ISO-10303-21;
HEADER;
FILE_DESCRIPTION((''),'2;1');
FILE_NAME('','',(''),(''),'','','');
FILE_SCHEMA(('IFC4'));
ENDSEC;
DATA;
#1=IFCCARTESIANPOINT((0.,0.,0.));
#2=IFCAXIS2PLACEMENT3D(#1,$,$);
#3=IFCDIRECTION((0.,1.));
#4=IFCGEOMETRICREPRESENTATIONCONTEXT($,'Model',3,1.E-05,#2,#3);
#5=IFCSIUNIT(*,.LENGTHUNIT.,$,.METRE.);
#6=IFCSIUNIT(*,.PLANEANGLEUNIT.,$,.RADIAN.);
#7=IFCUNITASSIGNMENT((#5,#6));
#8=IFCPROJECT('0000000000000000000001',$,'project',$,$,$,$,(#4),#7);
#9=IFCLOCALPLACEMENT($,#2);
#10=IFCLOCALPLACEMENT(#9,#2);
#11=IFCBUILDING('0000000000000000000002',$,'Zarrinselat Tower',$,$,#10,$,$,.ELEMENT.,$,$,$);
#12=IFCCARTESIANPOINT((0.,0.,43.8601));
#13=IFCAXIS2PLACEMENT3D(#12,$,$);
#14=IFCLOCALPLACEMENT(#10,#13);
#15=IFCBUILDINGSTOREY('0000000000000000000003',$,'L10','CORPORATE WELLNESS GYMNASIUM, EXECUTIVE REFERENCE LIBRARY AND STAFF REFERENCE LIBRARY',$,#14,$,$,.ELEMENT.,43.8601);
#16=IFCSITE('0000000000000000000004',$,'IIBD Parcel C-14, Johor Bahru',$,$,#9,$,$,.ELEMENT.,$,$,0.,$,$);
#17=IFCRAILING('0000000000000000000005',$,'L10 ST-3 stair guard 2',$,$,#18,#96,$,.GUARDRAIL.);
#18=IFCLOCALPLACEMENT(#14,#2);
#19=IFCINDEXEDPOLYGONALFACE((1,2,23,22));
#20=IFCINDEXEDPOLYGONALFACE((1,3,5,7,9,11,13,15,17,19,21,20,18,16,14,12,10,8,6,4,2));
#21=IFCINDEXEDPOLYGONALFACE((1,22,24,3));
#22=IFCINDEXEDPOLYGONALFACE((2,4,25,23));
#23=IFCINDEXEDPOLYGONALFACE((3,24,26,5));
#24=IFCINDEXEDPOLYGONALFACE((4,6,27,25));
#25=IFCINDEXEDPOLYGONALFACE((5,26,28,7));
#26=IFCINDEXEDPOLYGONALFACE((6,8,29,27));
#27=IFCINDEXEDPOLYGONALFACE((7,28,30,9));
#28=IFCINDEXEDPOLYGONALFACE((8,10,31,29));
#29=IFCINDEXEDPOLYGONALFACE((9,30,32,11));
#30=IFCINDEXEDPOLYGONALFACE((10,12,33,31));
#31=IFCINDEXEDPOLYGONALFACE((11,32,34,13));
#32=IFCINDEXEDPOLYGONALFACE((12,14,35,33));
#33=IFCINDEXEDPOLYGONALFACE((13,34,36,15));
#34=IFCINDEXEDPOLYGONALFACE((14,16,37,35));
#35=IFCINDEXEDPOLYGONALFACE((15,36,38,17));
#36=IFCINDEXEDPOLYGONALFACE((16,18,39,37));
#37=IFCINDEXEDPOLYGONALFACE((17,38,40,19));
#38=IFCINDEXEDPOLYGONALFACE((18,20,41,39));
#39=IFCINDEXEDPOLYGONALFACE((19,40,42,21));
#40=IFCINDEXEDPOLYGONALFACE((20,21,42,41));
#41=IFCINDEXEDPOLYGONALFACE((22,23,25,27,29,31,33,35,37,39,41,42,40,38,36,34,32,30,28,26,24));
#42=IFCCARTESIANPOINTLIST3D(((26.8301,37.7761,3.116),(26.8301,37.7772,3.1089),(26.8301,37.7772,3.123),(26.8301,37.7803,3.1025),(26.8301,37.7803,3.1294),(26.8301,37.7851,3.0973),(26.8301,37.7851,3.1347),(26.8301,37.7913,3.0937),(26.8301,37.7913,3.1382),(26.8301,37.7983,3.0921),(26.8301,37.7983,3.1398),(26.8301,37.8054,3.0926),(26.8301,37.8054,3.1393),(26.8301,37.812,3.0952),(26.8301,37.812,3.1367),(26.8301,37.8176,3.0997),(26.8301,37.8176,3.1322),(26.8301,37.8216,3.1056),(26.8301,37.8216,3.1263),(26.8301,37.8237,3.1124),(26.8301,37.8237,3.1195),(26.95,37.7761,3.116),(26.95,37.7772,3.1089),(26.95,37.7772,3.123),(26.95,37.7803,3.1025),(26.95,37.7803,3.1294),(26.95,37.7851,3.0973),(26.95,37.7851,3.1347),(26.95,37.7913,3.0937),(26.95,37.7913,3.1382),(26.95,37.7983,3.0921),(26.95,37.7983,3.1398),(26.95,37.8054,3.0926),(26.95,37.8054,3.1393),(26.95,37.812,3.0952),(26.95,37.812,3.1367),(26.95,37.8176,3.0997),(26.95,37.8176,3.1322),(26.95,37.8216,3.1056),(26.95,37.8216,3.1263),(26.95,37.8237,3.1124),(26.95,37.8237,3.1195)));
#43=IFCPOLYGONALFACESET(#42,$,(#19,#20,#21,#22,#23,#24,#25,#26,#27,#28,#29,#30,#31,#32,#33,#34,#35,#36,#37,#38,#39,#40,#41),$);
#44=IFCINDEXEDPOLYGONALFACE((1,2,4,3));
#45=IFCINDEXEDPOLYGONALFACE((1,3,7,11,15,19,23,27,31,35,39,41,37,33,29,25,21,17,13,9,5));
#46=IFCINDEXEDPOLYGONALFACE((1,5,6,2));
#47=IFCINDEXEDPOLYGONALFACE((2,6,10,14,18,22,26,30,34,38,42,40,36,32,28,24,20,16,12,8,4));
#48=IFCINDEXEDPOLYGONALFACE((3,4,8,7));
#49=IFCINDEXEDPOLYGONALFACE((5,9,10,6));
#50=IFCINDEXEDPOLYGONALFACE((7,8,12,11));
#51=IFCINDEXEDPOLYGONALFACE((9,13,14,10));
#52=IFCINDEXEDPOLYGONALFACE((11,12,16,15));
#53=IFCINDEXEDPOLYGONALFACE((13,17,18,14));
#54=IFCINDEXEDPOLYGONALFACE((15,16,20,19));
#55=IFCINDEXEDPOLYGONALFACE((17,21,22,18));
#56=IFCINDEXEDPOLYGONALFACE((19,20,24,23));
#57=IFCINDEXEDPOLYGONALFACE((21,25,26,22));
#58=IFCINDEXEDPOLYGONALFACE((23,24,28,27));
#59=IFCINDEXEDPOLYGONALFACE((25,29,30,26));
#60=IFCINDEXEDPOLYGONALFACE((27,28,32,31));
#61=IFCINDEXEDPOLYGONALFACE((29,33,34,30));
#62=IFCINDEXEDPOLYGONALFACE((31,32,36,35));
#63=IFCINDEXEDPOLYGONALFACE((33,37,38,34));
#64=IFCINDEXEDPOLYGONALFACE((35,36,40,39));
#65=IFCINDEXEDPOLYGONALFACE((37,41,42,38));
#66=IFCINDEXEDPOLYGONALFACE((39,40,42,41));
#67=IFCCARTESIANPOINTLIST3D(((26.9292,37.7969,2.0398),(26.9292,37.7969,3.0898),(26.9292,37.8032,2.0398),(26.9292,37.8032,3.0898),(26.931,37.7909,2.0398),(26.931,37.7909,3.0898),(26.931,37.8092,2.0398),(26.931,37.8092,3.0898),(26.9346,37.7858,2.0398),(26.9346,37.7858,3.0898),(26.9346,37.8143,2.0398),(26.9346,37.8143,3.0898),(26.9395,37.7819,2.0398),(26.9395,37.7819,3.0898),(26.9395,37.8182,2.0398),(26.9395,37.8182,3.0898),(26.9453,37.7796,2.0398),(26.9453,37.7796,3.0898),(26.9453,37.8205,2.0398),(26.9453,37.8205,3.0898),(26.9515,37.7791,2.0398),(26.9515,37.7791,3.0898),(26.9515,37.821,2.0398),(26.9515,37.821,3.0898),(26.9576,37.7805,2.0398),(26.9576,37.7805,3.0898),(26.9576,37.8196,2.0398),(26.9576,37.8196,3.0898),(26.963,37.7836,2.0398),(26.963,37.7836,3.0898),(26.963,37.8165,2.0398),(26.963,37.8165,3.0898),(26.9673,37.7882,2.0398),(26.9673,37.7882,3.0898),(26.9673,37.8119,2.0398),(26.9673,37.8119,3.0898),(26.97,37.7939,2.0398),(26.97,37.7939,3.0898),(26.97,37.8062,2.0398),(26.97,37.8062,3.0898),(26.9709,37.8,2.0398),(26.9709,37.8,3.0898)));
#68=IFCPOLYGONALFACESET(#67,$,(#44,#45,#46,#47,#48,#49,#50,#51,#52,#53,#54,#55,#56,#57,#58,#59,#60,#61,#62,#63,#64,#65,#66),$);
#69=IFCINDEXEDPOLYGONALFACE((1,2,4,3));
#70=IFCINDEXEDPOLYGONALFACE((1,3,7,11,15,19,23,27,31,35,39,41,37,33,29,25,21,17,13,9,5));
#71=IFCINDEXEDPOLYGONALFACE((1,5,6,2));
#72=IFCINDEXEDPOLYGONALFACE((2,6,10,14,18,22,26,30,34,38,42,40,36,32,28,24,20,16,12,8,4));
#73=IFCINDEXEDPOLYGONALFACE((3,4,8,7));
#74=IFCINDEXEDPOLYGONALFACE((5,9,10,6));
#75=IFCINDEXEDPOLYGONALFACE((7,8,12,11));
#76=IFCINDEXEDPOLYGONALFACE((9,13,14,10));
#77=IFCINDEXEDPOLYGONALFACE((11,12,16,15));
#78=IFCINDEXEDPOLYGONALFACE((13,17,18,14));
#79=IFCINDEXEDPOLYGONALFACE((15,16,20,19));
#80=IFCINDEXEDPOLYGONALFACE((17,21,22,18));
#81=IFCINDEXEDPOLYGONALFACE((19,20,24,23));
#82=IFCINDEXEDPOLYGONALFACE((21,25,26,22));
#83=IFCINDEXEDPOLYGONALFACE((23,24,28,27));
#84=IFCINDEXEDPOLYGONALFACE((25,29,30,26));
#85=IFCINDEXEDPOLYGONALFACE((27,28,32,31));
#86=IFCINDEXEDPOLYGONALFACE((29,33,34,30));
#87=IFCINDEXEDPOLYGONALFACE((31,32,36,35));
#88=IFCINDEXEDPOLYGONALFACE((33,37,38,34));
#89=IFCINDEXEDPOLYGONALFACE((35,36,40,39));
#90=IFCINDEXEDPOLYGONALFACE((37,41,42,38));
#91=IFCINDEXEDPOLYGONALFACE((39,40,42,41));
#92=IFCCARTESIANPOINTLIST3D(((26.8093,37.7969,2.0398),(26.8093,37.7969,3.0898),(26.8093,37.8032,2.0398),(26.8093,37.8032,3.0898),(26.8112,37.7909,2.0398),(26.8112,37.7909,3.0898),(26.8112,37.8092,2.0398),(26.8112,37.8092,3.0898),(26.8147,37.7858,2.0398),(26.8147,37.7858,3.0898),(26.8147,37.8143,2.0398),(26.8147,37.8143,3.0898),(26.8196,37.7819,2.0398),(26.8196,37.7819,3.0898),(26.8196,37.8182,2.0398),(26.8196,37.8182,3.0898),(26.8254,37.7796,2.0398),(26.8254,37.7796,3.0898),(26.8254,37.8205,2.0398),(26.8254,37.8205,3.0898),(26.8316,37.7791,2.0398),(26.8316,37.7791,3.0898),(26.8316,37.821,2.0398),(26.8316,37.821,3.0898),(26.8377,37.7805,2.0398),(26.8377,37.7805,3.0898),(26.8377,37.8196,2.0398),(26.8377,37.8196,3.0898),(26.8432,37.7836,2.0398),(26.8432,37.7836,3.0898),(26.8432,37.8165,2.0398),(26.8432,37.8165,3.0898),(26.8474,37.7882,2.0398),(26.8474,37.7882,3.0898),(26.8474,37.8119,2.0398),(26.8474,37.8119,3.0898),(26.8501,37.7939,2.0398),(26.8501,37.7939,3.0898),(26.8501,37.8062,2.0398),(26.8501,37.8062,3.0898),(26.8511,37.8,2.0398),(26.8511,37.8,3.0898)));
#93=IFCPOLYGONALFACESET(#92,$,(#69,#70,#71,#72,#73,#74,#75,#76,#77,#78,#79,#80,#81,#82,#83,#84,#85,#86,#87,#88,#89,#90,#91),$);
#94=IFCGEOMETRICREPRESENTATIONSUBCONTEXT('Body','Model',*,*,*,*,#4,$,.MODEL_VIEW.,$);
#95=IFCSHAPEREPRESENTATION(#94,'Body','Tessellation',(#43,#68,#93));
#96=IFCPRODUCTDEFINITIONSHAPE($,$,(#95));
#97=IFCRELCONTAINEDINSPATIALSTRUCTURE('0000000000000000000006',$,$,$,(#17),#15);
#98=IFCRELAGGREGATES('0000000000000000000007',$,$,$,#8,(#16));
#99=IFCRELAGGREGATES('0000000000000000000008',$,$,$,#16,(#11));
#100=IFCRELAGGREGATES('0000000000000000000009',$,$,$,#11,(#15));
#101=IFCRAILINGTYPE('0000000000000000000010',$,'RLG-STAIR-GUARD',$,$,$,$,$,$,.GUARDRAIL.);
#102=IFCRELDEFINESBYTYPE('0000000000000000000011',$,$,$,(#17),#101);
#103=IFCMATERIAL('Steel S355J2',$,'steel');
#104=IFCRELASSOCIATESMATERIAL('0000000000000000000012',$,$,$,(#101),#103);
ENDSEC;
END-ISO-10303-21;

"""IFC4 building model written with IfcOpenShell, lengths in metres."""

from ifc_helpers import new_model, si_unit, direction, frame, origin, origin_2d, place, context, subcontext, project, spatial, circle, extrude, material, type_object, element, save


model = new_model("IFC4")

# Units and contexts
model_context = context("Model", 3, precision=1e-05, world=origin(), true_north=direction((0.0, 1.0)))
body_context = subcontext(model_context, "Body", "Model", "MODEL_VIEW")
ifc_project = project(units=[si_unit("LENGTHUNIT", "METRE"), si_unit("PLANEANGLEUNIT", "RADIAN")], contexts=[model_context])

# Site, building, storey
site_placement = place(None, origin())
site = spatial("IfcSite", under=ifc_project, at=site_placement, Name="IIBD Parcel C-14, Johor Bahru", CompositionType="ELEMENT", RefElevation=0.0)
building_placement = place(site_placement, origin())
building = spatial("IfcBuilding", under=site, at=building_placement, Name="Zarrinselat Tower", CompositionType="ELEMENT")
storey_placement = place(building_placement, frame((0.0, 0.0, 43.8601)))
storey = spatial("IfcBuildingStorey", under=building, at=storey_placement, Name="L10", Description="CORPORATE WELLNESS GYMNASIUM, EXECUTIVE REFERENCE LIBRARY AND STAFF REFERENCE LIBRARY", CompositionType="ELEMENT", Elevation=43.8601)

# Railing
ifc_material_1 = material(Name="Steel S355J2", Category="steel")
railing_type_1 = type_object("IfcRailingType", Name="RLG-STAIR-GUARD", PredefinedType="GUARDRAIL", material=ifc_material_1)
railing_1_placement = place(storey_placement, frame((26.95, 37.8, 2.0398)))
element("IfcRailing", 1, at=railing_1_placement, inside=storey, type_object=railing_type_1, Name="L10 ST-3 stair guard 2", PredefinedType="GUARDRAIL", context=body_context, shape_type="SweptSolid", body=[
    extrude(circle(Radius=0.0239, at=origin_2d()), frame((0.0, 0.0, 1.0762), z_axis=(-1.0, 0.0, 0.0), x_axis=(0.0, -1.0, 0.0)), (0.0, 0.0, 1.0), 0.1199),
    extrude(circle(Radius=0.021, at=origin_2d()), origin(), (0.0, 0.0, 1.0), 1.05),
    extrude(circle(Radius=0.021, at=origin_2d()), frame((-0.1199, 0.0, 0.0)), (0.0, 0.0, 1.0), 1.05),
])

save(model, "model.ifc")
